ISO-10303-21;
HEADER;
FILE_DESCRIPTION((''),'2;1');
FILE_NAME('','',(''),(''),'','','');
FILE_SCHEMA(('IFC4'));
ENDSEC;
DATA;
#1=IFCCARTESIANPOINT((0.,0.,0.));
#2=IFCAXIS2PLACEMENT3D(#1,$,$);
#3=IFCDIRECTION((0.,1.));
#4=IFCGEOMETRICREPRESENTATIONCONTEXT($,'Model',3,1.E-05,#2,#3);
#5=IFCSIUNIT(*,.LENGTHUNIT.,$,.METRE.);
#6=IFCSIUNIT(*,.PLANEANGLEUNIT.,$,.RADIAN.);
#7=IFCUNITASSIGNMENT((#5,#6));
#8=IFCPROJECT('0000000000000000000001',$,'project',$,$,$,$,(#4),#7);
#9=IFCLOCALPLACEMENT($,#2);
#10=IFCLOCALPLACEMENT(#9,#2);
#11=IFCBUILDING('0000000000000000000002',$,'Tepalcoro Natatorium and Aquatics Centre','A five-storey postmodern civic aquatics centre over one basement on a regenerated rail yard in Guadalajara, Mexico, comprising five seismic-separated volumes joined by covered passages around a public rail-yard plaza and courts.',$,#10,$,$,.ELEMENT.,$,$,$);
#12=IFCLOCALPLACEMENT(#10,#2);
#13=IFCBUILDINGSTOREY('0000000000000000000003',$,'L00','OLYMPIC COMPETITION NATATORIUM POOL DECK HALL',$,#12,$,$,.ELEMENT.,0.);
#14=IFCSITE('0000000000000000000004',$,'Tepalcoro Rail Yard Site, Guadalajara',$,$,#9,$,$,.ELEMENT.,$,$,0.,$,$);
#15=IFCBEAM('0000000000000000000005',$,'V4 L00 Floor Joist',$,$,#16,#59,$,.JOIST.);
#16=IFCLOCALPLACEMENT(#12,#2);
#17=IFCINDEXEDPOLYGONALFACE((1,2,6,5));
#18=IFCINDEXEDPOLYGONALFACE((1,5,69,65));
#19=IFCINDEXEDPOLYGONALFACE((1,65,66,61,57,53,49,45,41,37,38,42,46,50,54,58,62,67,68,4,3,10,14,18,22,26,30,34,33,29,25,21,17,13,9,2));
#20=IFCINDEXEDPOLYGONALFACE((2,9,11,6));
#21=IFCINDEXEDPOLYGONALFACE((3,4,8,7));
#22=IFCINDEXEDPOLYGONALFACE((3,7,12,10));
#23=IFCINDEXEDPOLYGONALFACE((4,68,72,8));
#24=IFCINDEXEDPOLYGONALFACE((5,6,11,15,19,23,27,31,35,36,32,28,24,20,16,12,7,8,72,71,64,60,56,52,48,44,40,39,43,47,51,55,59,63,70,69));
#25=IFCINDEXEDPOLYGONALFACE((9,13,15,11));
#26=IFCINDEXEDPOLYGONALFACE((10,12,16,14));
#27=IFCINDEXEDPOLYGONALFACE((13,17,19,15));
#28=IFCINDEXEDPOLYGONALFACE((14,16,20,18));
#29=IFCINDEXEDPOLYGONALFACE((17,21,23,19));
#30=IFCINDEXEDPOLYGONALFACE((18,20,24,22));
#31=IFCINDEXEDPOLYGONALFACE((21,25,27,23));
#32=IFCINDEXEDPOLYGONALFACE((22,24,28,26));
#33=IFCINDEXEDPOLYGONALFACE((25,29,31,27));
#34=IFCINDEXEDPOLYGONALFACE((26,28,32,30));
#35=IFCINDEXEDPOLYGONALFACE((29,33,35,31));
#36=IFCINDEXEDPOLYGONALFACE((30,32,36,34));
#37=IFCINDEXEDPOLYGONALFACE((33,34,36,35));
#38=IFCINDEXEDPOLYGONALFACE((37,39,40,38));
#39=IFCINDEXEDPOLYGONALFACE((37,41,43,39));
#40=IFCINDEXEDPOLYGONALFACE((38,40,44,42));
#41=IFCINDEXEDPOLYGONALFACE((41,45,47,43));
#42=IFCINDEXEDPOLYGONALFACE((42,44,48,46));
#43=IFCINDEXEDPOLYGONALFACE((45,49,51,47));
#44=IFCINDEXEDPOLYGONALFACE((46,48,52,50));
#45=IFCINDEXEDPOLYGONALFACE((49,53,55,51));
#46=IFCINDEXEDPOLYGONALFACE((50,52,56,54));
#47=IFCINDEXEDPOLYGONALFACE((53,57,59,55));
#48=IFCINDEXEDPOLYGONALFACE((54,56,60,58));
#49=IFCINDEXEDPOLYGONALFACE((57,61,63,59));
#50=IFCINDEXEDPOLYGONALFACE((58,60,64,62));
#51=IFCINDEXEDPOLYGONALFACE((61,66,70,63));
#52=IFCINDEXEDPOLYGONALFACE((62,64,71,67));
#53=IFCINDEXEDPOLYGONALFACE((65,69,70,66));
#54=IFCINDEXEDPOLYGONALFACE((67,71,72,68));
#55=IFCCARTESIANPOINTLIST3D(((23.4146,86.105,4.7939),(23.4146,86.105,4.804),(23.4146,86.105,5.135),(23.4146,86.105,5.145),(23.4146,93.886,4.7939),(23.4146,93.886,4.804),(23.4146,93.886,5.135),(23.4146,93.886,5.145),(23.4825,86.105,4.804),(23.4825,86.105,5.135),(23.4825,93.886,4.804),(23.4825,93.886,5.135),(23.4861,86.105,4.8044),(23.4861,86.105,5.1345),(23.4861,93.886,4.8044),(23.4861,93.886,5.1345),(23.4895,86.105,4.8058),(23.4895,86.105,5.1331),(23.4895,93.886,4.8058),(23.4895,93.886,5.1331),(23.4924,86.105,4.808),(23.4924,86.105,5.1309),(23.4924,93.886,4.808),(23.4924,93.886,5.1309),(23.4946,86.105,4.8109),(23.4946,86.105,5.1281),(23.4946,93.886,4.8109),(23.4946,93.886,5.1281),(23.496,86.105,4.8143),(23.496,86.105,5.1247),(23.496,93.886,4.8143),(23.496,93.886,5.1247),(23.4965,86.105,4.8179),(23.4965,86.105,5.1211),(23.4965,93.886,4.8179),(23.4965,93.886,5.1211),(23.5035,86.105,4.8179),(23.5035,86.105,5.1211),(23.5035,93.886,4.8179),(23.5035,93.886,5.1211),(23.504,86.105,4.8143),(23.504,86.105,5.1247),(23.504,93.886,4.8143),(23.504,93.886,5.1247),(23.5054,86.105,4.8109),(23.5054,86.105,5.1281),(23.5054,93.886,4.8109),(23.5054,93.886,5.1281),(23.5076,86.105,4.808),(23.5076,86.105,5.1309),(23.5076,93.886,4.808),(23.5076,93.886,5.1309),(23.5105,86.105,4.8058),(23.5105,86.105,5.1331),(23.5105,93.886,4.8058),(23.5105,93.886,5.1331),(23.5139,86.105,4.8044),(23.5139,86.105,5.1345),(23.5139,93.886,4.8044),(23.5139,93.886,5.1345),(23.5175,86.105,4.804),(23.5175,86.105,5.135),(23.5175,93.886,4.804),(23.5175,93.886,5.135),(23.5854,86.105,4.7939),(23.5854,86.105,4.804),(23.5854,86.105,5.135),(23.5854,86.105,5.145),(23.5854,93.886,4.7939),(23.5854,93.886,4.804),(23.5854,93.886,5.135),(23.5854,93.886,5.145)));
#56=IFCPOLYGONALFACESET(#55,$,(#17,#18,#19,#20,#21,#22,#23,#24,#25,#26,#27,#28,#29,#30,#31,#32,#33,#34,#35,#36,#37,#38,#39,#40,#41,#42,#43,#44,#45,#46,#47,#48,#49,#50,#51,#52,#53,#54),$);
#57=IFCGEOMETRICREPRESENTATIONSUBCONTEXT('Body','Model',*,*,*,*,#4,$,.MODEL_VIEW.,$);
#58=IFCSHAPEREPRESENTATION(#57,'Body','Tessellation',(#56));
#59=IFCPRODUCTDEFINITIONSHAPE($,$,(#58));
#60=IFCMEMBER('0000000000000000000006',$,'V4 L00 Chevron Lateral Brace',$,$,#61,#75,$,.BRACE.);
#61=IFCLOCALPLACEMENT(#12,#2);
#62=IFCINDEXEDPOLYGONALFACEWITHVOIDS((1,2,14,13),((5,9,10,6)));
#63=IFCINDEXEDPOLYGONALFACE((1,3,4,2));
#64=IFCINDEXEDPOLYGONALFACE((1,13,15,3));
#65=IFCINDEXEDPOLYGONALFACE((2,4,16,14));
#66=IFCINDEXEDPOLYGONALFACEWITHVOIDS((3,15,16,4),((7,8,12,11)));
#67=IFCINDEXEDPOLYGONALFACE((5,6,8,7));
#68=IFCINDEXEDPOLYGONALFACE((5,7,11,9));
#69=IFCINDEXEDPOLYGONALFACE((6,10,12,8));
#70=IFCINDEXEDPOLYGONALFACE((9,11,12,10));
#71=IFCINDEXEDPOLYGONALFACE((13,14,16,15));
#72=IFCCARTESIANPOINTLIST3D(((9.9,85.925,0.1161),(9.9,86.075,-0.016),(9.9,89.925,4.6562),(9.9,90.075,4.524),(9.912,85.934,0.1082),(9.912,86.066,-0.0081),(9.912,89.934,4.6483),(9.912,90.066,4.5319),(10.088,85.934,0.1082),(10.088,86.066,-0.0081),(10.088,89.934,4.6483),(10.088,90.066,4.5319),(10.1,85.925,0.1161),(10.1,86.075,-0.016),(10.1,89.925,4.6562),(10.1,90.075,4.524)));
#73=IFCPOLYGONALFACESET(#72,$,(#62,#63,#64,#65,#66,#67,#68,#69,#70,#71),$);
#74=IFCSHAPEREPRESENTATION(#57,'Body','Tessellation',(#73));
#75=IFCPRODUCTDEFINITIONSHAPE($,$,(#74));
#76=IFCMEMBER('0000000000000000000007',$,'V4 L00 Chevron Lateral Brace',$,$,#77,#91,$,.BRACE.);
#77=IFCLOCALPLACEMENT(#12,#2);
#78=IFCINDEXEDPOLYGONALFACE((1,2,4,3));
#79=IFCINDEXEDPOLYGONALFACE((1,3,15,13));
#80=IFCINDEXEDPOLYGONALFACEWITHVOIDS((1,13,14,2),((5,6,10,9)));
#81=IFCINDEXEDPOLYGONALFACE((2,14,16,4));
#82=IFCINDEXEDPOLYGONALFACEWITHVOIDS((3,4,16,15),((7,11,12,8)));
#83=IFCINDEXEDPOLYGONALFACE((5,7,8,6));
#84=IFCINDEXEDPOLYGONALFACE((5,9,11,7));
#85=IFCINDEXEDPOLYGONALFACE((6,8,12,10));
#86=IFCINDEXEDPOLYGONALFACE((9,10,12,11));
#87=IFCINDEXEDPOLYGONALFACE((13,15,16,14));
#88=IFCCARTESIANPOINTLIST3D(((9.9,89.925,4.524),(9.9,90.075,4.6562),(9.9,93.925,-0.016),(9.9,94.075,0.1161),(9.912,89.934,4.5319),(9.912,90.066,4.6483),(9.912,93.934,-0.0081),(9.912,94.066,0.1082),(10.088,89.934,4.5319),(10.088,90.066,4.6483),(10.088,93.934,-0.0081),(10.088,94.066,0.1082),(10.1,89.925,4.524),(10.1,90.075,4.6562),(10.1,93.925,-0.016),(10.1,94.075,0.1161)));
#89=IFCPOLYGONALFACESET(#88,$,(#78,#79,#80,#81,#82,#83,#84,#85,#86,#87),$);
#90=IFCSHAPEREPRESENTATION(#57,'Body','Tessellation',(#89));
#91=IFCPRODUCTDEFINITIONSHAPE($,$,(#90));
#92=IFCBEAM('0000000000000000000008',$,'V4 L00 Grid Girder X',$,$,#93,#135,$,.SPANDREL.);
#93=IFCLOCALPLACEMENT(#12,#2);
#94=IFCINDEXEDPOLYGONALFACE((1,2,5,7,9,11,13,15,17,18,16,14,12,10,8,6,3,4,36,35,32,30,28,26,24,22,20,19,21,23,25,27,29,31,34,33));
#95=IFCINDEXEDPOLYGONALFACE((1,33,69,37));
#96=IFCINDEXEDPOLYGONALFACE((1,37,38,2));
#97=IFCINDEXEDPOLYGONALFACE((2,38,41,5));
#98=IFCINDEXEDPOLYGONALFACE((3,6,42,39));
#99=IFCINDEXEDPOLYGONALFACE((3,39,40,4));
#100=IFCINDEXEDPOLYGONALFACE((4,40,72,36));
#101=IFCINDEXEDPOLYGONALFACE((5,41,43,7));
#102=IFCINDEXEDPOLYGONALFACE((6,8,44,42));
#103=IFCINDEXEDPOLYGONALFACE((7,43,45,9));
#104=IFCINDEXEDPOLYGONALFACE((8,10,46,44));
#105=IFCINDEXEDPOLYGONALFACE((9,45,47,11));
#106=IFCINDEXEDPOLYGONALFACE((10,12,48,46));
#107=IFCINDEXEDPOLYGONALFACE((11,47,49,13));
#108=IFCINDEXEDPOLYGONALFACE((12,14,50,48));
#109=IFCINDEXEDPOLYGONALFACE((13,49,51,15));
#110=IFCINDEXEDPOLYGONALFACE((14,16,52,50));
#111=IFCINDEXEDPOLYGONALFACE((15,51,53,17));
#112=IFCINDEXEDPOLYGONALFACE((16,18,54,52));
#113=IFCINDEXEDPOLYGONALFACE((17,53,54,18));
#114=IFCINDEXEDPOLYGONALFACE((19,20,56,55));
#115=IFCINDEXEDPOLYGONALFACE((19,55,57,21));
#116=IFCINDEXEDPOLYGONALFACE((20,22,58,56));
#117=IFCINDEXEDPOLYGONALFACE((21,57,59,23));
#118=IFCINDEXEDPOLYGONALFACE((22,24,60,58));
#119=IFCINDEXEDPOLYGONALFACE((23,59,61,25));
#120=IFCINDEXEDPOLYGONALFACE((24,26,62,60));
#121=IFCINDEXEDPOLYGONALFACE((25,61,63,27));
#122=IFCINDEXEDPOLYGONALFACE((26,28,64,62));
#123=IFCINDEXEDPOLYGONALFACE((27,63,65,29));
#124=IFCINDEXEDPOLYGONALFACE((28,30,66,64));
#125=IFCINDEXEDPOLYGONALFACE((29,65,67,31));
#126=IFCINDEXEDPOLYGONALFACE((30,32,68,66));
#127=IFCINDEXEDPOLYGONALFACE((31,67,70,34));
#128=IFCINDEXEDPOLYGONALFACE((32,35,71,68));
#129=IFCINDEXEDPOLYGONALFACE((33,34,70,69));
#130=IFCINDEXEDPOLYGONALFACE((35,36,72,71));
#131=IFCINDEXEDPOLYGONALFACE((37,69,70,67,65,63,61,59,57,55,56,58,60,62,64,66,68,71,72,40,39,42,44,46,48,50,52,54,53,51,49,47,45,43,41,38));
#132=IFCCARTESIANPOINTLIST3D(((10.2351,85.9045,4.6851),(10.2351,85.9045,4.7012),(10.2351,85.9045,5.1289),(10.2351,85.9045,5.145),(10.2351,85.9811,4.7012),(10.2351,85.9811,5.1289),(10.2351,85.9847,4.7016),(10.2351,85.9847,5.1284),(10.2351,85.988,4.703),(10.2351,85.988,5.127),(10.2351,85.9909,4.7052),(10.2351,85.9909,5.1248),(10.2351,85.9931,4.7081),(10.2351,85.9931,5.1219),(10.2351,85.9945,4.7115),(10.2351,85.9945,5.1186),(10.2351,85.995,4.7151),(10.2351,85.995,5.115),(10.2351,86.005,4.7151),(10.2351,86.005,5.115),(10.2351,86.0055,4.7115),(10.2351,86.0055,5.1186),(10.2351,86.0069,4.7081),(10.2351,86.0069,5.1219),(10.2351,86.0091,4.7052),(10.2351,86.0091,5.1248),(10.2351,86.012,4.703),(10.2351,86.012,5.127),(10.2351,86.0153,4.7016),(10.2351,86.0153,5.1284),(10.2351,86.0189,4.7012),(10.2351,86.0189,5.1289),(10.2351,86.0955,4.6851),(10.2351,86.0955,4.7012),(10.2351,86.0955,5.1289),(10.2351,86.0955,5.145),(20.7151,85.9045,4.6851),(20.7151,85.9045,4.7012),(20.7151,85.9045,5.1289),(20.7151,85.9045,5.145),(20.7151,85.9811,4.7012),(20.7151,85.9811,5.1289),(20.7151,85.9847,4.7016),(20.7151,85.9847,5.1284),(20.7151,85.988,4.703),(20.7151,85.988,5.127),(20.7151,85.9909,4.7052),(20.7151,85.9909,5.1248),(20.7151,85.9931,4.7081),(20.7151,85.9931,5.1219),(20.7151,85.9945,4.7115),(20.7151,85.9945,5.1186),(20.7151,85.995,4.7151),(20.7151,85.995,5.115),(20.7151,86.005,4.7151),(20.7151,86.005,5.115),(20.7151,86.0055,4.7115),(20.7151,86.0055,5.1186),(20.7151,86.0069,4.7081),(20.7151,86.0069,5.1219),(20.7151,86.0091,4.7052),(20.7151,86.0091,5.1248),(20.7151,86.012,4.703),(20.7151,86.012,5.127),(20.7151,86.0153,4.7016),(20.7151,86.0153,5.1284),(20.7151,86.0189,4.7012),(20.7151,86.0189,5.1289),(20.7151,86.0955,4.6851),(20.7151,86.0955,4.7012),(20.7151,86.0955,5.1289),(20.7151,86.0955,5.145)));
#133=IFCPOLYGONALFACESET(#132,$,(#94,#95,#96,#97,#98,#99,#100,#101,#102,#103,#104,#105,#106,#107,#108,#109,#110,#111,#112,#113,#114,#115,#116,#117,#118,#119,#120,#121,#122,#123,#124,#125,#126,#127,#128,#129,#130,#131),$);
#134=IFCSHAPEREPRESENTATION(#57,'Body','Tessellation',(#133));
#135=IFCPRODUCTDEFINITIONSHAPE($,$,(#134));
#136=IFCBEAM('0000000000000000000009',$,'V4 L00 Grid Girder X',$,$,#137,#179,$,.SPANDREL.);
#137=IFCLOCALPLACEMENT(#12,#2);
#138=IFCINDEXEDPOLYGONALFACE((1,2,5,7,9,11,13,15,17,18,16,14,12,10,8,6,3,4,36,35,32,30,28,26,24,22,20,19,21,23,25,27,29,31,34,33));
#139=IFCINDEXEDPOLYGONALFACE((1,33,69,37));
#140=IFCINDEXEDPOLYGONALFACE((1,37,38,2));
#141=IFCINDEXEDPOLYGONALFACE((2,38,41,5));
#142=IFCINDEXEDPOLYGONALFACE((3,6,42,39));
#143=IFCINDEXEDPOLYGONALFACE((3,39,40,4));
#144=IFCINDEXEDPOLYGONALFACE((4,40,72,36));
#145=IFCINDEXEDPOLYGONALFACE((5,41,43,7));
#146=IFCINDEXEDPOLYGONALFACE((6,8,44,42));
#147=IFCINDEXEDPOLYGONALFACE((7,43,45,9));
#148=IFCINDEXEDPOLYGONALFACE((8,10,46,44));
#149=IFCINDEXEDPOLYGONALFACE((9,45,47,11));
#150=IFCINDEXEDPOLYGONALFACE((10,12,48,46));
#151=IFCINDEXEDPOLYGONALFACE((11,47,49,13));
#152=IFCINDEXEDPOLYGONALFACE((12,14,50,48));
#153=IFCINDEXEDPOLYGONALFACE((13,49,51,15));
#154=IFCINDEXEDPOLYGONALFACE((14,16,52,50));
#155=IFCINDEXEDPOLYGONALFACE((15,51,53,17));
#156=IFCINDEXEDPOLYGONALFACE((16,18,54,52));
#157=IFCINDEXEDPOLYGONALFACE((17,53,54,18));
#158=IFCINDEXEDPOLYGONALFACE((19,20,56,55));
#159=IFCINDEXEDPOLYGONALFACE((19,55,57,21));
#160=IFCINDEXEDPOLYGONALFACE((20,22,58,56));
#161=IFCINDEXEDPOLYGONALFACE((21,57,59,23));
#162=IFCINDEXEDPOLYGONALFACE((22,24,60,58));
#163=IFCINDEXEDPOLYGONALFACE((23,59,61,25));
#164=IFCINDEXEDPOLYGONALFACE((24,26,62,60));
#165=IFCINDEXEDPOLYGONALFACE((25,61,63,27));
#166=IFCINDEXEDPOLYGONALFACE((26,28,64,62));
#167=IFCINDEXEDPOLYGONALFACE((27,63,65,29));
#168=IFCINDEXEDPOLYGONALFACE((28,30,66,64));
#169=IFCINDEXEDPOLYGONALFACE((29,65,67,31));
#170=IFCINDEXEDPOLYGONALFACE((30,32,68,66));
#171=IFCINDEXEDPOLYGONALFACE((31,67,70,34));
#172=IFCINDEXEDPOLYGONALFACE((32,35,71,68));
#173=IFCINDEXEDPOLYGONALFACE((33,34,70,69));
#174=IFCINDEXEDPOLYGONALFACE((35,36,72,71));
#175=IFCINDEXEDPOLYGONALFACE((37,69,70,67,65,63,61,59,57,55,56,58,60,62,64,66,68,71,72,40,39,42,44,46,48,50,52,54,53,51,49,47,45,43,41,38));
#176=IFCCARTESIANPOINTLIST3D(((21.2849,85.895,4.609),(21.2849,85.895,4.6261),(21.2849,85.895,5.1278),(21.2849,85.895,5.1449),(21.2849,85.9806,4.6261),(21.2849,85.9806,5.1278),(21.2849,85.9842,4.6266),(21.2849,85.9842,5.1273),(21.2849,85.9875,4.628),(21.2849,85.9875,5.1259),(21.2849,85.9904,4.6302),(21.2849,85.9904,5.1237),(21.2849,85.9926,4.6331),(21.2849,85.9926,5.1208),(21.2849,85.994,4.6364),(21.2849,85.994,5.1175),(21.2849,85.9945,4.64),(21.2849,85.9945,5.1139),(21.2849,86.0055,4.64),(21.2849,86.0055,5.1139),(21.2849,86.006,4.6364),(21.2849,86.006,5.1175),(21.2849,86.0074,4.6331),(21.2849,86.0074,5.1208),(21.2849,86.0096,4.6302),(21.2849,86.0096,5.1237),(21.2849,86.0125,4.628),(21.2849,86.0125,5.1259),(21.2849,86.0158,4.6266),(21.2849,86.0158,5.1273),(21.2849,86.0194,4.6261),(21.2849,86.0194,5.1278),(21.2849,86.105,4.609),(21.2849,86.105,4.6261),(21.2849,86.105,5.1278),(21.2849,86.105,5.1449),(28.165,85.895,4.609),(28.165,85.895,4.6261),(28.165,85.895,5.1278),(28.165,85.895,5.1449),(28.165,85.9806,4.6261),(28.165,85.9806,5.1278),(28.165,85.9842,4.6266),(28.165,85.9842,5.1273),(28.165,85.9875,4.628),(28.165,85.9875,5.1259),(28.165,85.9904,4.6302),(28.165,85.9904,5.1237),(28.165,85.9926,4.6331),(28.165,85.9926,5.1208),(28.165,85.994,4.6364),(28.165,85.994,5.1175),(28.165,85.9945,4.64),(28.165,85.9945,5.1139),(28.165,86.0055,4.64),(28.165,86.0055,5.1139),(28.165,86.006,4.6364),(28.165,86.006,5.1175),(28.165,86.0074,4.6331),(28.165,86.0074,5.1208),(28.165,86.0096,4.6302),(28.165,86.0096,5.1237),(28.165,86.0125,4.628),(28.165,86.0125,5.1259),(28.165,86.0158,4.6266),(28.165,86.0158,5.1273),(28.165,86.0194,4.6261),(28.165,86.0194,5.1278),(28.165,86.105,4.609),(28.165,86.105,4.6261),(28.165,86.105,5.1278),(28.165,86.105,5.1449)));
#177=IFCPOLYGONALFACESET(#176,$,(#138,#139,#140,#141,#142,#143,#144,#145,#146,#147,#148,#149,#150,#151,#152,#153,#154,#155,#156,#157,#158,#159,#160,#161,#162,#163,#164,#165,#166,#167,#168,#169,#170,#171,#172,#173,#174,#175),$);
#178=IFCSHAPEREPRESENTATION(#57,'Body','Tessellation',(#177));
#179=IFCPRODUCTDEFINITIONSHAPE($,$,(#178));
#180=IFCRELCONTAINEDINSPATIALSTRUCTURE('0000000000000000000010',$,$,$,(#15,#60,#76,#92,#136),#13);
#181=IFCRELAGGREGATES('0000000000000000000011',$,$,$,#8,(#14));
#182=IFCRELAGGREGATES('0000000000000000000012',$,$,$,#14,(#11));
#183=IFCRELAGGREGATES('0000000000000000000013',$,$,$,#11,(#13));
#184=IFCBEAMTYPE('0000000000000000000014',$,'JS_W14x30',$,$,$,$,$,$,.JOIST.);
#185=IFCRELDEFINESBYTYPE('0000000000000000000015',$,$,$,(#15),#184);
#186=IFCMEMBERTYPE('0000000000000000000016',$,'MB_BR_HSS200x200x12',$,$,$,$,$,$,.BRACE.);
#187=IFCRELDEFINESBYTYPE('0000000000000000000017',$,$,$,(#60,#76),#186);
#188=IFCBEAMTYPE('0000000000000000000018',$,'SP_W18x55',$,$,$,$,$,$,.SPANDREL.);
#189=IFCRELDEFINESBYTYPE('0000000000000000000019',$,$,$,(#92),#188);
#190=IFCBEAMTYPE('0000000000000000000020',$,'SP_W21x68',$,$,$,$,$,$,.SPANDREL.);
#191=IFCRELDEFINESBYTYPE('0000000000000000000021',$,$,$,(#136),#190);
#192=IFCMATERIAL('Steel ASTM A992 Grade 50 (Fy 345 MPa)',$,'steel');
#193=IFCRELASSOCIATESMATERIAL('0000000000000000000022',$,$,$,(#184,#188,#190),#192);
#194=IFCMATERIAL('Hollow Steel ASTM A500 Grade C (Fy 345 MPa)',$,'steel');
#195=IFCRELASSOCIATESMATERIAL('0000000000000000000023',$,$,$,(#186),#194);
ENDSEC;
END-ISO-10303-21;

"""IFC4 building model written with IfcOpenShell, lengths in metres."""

from ifc_helpers import new_model, si_unit, direction, frame, origin, origin_2d, place, context, subcontext, project, spatial, hollow_rectangle, i_section, extrude, material, material_profile, profile_set, type_object, element, save


model = new_model("IFC4")

# Units and contexts
model_context = context("Model", 3, precision=1e-05, world=origin(), true_north=direction((0.0, 1.0)))
body_context = subcontext(model_context, "Body", "Model", "MODEL_VIEW")
ifc_project = project(units=[si_unit("LENGTHUNIT", "METRE"), si_unit("PLANEANGLEUNIT", "RADIAN")], contexts=[model_context])

# Site, building, storey
site_placement = place(None, origin())
site = spatial("IfcSite", under=ifc_project, at=site_placement, Name="Tepalcoro Rail Yard Site, Guadalajara", CompositionType="ELEMENT", RefElevation=0.0)
building_placement = place(site_placement, origin())
building = spatial("IfcBuilding", under=site, at=building_placement, Name="Tepalcoro Natatorium and Aquatics Centre", Description="A five-storey postmodern civic aquatics centre over one basement on a regenerated rail yard in Guadalajara, Mexico, comprising five seismic-separated volumes joined by covered passages around a public rail-yard plaza and courts.", CompositionType="ELEMENT")
storey_placement = place(building_placement, origin())
storey = spatial("IfcBuildingStorey", under=building, at=storey_placement, Name="L00", Description="OLYMPIC COMPETITION NATATORIUM POOL DECK HALL", CompositionType="ELEMENT", Elevation=0.0)

# Shared definitions
ifc_material_1 = material(Name="Steel ASTM A992 Grade 50 (Fy 345 MPa)", Category="steel")

# Beam
ifc_material_profile_1 = material_profile(ifc_material_1, i_section(OverallWidth=0.1709, OverallDepth=0.3511, WebThickness=0.0071, FlangeThickness=0.01, FilletRadius=0.0139, at=origin_2d()), Name="W14X30")
ifc_profile_set_1 = profile_set([ifc_material_profile_1], Name="Steel ASTM A992 Grade 50 (Fy 345 MPa)")
beam_type_1 = type_object("IfcBeamType", Name="JS_W14x30", PredefinedType="JOIST", material=ifc_profile_set_1)
beam_1_placement = place(storey_placement, frame((23.5, 86.105, 4.9695), z_axis=(0.0, 1.0, 0.0), x_axis=(-1.0, 0.0, 0.0)))
element("IfcBeam", 1, at=beam_1_placement, inside=storey, type_object=beam_type_1, Name="V4 L00 Floor Joist", PredefinedType="JOIST", context=body_context, shape_type="SweptSolid", body=[
    extrude(i_section(OverallWidth=0.1709, OverallDepth=0.3511, WebThickness=0.0071, FlangeThickness=0.01, FilletRadius=0.0139, at=origin_2d()), origin(), (0.0, 0.0, 1.0), 7.781),
])

# Members
ifc_material_2 = material(Name="Hollow Steel ASTM A500 Grade C (Fy 345 MPa)", Category="steel")
ifc_material_profile_2 = material_profile(ifc_material_2, hollow_rectangle(XDim=0.2, YDim=0.2, WallThickness=0.012, at=origin_2d()), Name="HSS200X200X12")
ifc_profile_set_2 = profile_set([ifc_material_profile_2], Name="Hollow Steel ASTM A500 Grade C (Fy 345 MPa)")
member_type_1 = type_object("IfcMemberType", Name="MB_BR_HSS200x200x12", PredefinedType="BRACE", material=ifc_profile_set_2)
for number, where, z_axis, x_axis, name in (
    (2, (10.0, 86.0, 0.05), (0.0, 0.661072, 0.750323), (-1.0, 0.0, 0.0), "V4 L00 Chevron Lateral Brace"),
    (3, (10.0, 94.0, 0.05), (0.0, -0.661072, 0.750323), (1.0, 0.0, 0.0), "V4 L00 Chevron Lateral Brace"),
):
    element("IfcMember", number, at=place(storey_placement, frame(where, z_axis=z_axis, x_axis=x_axis)), inside=storey, type_object=member_type_1, Name=name, PredefinedType="BRACE", context=body_context, shape_type="SweptSolid", body=[
        extrude(hollow_rectangle(XDim=0.2, YDim=0.2, WallThickness=0.012, at=origin_2d()), origin(), (0.0, 0.0, 1.0), 6.0508),
    ])

# Beams
ifc_material_profile_3 = material_profile(ifc_material_1, i_section(OverallWidth=0.1909, OverallDepth=0.46, WebThickness=0.01, FlangeThickness=0.0161, FilletRadius=0.0139, at=origin_2d()), Name="W18X55")
ifc_profile_set_3 = profile_set([ifc_material_profile_3], Name="Steel ASTM A992 Grade 50 (Fy 345 MPa)")
beam_type_2 = type_object("IfcBeamType", Name="SP_W18x55", PredefinedType="SPANDREL", material=ifc_profile_set_3)
beam_2_placement = place(storey_placement, frame((10.2351, 86.0, 4.915), z_axis=(1.0, 0.0, 0.0), x_axis=(0.0, 1.0, 0.0)))
element("IfcBeam", 4, at=beam_2_placement, inside=storey, type_object=beam_type_2, Name="V4 L00 Grid Girder X", PredefinedType="SPANDREL", context=body_context, shape_type="SweptSolid", body=[
    extrude(i_section(OverallWidth=0.1909, OverallDepth=0.46, WebThickness=0.01, FlangeThickness=0.0161, FilletRadius=0.0139, at=origin_2d()), origin(), (0.0, 0.0, 1.0), 10.48),
])
ifc_material_profile_4 = material_profile(ifc_material_1, i_section(OverallWidth=0.21, OverallDepth=0.5359, WebThickness=0.011, FlangeThickness=0.0171, FilletRadius=0.0139, at=origin_2d()), Name="W21X68")
ifc_profile_set_4 = profile_set([ifc_material_profile_4], Name="Steel ASTM A992 Grade 50 (Fy 345 MPa)")
beam_type_3 = type_object("IfcBeamType", Name="SP_W21x68", PredefinedType="SPANDREL", material=ifc_profile_set_4)
beam_3_placement = place(storey_placement, frame((21.2849, 86.0, 4.877), z_axis=(1.0, 0.0, 0.0), x_axis=(0.0, 1.0, 0.0)))
element("IfcBeam", 5, at=beam_3_placement, inside=storey, type_object=beam_type_3, Name="V4 L00 Grid Girder X", PredefinedType="SPANDREL", context=body_context, shape_type="SweptSolid", body=[
    extrude(i_section(OverallWidth=0.21, OverallDepth=0.5359, WebThickness=0.011, FlangeThickness=0.0171, FilletRadius=0.0139, at=origin_2d()), origin(), (0.0, 0.0, 1.0), 6.8801),
])

save(model, "model.ifc")
